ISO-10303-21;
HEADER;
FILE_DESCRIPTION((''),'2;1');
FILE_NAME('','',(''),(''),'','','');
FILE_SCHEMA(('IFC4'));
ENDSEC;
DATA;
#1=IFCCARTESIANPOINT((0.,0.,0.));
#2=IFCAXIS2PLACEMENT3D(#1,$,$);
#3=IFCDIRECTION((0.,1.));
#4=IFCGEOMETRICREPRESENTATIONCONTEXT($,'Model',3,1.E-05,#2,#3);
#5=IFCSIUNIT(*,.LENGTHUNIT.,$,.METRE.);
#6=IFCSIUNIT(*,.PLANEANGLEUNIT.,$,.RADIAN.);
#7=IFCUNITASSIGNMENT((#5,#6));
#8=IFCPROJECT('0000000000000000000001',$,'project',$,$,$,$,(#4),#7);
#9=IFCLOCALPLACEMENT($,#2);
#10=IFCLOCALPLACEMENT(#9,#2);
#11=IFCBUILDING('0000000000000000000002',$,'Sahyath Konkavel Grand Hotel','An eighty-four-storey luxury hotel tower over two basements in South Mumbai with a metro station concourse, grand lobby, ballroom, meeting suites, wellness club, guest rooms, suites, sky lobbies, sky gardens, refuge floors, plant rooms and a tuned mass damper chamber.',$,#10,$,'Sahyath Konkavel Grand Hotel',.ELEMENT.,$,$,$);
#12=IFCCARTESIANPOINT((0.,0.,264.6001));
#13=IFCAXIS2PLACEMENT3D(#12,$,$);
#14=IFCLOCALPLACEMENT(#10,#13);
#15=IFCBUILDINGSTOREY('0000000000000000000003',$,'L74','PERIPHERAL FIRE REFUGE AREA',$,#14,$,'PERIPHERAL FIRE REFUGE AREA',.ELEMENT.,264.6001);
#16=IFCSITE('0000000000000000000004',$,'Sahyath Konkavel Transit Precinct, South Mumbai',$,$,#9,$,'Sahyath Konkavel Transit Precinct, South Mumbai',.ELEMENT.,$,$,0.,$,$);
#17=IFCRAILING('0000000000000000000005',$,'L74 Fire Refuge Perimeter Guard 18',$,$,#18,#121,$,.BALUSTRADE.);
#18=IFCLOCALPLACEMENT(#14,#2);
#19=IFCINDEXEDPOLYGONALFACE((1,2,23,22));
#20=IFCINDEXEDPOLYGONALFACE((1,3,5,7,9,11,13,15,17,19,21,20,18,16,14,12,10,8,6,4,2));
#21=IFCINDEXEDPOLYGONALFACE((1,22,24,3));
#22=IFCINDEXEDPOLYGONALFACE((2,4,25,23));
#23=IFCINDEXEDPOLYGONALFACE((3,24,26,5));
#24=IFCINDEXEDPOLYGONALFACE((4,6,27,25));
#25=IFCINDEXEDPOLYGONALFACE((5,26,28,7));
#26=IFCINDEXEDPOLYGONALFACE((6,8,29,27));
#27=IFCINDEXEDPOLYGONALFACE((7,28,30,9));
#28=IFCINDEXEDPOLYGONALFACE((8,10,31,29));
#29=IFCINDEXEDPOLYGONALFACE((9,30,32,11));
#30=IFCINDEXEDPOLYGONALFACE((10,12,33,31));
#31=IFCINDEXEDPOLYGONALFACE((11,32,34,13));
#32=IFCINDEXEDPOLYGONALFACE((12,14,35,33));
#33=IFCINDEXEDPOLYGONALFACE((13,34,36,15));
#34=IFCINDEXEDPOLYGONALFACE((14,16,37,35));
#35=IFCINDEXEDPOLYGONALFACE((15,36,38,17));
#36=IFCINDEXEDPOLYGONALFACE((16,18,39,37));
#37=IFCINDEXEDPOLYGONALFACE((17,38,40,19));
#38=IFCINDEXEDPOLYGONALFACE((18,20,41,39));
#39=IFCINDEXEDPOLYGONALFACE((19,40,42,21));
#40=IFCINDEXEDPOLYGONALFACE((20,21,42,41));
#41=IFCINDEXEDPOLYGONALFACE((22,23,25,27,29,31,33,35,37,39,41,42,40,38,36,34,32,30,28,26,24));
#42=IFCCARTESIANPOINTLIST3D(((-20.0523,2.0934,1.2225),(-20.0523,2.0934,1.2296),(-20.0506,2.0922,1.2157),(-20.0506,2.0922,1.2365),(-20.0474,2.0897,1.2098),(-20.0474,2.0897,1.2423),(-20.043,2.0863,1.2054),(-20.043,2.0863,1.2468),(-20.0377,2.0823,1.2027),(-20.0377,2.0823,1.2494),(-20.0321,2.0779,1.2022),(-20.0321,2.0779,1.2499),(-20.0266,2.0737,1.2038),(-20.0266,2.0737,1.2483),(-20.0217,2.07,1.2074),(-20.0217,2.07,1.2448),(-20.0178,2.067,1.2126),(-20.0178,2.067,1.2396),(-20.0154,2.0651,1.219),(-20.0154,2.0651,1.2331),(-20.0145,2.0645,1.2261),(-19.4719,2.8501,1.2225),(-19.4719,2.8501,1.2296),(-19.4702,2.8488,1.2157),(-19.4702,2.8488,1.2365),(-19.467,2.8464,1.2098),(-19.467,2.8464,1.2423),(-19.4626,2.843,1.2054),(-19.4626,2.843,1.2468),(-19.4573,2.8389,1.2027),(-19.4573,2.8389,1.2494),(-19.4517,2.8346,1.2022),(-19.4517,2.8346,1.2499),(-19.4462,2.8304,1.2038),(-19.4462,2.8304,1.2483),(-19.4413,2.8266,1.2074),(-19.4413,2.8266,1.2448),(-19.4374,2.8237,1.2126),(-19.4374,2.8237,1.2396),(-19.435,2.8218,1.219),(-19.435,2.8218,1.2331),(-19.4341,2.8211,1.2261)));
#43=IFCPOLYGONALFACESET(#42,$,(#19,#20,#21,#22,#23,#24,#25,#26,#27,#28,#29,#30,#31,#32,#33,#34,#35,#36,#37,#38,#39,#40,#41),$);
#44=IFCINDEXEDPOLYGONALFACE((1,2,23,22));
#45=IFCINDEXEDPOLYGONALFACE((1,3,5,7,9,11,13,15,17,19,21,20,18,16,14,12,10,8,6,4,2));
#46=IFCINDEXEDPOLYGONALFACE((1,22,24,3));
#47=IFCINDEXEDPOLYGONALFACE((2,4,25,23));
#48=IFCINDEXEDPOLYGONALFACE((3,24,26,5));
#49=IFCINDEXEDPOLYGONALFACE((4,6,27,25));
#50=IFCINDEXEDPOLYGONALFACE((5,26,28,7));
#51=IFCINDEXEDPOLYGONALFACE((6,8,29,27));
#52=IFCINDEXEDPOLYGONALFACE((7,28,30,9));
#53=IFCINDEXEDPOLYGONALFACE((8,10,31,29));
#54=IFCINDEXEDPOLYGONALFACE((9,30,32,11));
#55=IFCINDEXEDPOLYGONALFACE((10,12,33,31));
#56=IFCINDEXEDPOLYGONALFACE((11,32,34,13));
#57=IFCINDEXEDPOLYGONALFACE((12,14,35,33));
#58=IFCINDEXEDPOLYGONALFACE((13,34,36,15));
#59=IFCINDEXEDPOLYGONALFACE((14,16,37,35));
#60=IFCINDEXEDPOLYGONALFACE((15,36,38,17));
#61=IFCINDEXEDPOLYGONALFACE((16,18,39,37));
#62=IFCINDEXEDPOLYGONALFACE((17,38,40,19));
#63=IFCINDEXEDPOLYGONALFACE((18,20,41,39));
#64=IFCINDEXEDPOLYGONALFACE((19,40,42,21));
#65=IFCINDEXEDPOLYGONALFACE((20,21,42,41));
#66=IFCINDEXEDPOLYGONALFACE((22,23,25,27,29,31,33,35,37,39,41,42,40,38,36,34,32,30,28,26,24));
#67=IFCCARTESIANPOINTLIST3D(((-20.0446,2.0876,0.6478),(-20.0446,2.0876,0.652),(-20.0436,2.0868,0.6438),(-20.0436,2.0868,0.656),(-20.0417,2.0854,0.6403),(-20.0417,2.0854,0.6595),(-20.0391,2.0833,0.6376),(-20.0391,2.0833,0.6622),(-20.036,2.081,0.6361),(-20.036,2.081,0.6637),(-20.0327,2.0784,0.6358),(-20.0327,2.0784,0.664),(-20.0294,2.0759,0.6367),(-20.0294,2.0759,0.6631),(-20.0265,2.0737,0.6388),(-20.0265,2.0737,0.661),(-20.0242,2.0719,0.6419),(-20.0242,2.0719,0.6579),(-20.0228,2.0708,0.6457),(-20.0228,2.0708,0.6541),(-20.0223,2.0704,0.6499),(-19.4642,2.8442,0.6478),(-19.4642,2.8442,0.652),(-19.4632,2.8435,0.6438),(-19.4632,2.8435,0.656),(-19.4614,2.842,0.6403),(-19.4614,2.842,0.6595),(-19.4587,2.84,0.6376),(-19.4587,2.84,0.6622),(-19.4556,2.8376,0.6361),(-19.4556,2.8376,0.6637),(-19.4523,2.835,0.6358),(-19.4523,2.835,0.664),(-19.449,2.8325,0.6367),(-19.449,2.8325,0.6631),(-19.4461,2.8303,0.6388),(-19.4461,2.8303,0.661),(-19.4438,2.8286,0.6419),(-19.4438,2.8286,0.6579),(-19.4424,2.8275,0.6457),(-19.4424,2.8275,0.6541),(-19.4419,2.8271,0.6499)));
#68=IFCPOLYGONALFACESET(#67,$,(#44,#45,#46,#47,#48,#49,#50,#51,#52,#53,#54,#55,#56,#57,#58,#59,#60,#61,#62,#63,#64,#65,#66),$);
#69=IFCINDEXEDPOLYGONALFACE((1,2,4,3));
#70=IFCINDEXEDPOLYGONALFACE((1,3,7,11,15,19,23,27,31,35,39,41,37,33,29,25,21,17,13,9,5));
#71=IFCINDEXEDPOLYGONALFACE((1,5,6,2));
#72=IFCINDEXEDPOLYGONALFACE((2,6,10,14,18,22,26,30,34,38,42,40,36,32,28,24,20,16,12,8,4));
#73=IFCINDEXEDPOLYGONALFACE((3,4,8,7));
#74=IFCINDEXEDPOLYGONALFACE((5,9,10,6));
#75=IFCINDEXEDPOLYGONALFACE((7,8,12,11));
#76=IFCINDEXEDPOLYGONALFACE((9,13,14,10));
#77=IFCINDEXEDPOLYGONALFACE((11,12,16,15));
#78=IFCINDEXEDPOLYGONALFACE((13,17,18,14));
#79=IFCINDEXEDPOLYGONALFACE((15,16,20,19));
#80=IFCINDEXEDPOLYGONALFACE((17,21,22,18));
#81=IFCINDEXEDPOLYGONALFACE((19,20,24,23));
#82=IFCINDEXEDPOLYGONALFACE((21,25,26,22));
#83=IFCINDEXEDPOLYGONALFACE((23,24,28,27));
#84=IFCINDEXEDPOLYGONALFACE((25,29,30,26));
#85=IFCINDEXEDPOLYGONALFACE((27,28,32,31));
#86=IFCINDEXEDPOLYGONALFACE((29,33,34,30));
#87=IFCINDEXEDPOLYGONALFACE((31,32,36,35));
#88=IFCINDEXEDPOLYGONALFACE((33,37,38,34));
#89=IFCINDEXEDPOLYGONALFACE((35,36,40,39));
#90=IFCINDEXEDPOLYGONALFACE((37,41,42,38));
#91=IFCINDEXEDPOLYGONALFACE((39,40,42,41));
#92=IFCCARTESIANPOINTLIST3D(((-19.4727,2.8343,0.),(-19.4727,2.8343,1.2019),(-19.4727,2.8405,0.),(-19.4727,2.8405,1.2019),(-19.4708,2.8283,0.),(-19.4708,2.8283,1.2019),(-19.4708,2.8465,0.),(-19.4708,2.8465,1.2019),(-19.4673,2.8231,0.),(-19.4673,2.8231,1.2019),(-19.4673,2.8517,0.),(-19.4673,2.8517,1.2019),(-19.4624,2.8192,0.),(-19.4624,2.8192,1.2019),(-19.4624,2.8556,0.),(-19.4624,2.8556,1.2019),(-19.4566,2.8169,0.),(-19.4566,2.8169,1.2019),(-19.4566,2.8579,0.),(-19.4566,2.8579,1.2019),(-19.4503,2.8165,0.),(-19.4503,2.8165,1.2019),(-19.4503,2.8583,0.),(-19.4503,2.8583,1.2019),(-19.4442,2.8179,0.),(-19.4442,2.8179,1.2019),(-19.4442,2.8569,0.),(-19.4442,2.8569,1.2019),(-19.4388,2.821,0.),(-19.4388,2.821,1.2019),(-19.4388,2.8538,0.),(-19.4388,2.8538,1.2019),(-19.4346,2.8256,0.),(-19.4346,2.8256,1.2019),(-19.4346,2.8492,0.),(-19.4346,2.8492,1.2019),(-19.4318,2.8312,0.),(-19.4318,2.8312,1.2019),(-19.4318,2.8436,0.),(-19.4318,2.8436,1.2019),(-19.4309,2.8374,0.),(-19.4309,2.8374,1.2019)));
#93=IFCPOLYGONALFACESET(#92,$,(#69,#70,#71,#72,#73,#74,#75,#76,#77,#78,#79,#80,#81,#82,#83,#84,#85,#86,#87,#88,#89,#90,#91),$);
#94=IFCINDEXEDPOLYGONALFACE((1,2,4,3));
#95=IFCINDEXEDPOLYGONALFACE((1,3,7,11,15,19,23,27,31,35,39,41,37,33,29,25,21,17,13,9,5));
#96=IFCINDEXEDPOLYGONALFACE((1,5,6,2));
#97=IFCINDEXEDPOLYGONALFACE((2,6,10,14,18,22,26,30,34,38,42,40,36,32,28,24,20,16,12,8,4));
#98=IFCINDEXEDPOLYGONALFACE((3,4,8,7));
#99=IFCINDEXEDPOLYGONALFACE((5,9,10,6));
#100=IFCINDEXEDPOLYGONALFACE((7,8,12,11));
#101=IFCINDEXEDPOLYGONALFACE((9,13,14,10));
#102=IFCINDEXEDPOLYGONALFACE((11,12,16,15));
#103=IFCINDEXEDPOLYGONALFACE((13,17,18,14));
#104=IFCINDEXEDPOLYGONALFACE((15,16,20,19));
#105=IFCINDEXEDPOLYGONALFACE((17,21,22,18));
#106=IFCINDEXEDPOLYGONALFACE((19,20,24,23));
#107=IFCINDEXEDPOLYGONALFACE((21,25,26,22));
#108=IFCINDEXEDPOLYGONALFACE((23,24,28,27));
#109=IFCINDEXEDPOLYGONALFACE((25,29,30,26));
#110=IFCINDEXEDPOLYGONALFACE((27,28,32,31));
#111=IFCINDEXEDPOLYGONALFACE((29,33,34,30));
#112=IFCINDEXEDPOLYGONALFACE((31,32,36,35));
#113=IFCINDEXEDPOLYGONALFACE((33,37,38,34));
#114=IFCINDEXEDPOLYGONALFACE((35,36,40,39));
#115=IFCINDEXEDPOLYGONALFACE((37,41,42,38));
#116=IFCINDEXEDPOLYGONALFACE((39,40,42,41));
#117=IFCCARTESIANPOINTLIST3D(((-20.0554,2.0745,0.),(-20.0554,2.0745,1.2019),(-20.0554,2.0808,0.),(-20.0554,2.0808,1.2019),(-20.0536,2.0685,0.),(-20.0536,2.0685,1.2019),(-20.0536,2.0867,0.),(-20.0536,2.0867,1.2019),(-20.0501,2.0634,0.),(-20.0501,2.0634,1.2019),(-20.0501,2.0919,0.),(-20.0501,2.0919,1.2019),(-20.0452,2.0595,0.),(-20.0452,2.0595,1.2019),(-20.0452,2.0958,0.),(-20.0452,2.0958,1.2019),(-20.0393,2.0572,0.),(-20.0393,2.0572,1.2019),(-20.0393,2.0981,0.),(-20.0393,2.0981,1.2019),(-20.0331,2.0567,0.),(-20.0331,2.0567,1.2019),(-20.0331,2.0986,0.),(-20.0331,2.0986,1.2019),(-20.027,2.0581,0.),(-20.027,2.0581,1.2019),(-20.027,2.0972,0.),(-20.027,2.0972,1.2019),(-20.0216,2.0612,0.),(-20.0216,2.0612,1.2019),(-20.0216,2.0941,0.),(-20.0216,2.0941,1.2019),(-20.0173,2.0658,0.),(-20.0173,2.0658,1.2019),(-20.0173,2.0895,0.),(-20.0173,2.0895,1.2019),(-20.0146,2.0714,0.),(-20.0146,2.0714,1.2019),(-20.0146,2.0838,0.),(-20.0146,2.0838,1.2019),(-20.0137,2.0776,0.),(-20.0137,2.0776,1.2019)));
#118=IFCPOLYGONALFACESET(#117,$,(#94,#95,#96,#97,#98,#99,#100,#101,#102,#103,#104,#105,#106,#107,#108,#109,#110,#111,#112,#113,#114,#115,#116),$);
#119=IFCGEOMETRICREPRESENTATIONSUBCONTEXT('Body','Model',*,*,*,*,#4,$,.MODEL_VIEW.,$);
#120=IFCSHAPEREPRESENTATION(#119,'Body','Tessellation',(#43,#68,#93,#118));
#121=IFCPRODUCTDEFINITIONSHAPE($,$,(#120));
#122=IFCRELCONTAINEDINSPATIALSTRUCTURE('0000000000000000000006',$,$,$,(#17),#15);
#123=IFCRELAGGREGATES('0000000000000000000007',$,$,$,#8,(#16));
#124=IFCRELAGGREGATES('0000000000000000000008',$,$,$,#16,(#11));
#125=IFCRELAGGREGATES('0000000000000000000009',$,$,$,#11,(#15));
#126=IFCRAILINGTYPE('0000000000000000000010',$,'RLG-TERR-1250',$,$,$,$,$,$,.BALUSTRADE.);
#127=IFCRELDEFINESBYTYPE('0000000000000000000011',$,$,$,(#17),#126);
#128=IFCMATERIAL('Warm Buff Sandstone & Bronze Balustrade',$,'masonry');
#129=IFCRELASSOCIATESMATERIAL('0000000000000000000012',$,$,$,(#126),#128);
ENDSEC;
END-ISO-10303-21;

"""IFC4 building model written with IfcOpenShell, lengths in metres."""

from ifc_helpers import new_model, si_unit, direction, frame, origin, origin_2d, place, context, subcontext, project, spatial, circle, extrude, material, type_object, element, save


model = new_model("IFC4")

# Units and contexts
model_context = context("Model", 3, precision=1e-05, world=origin(), true_north=direction((0.0, 1.0)))
body_context = subcontext(model_context, "Body", "Model", "MODEL_VIEW")
ifc_project = project(units=[si_unit("LENGTHUNIT", "METRE"), si_unit("PLANEANGLEUNIT", "RADIAN")], contexts=[model_context])

# Site, building, storey
site_placement = place(None, origin())
site = spatial("IfcSite", under=ifc_project, at=site_placement, Name="Sahyath Konkavel Transit Precinct, South Mumbai", LongName="Sahyath Konkavel Transit Precinct, South Mumbai", CompositionType="ELEMENT", RefElevation=0.0)
building_placement = place(site_placement, origin())
building = spatial("IfcBuilding", under=site, at=building_placement, Name="Sahyath Konkavel Grand Hotel", Description="An eighty-four-storey luxury hotel tower over two basements in South Mumbai with a metro station concourse, grand lobby, ballroom, meeting suites, wellness club, guest rooms, suites, sky lobbies, sky gardens, refuge floors, plant rooms and a tuned mass damper chamber.", LongName="Sahyath Konkavel Grand Hotel", CompositionType="ELEMENT")
storey_placement = place(building_placement, frame((0.0, 0.0, 264.6001)))
storey = spatial("IfcBuildingStorey", under=building, at=storey_placement, Name="L74", Description="PERIPHERAL FIRE REFUGE AREA", LongName="PERIPHERAL FIRE REFUGE AREA", CompositionType="ELEMENT", Elevation=264.6001)

# Railing
ifc_material_1 = material(Name="Warm Buff Sandstone & Bronze Balustrade", Category="masonry")
railing_type = type_object("IfcRailingType", Name="RLG-TERR-1250", PredefinedType="BALUSTRADE", material=ifc_material_1)
railing_1_placement = place(storey_placement, frame((-19.4519, 2.8374, 0.0)))
element("IfcRailing", 1, at=railing_1_placement, inside=storey, type_object=railing_type, Name="L74 Fire Refuge Perimeter Guard 18", PredefinedType="BALUSTRADE", context=body_context, shape_type="SweptSolid", body=[
    extrude(circle(Radius=0.0239, at=origin_2d()), frame((-0.0012, -0.0017, 1.2261), z_axis=(-0.608614, -0.793467, 0.0), x_axis=(0.793467, -0.608614, 0.0)), (0.0, 0.0, 1.0), 0.9536),
    extrude(circle(Radius=0.0142, at=origin_2d()), frame((-0.0012, -0.0017, 0.6499), z_axis=(-0.608614, -0.793467, 0.0), x_axis=(0.793467, -0.608614, 0.0)), (0.0, 0.0, 1.0), 0.9536),
    extrude(circle(Radius=0.021, at=origin_2d()), origin(), (0.0, 0.0, 1.0), 1.2019),
    extrude(circle(Radius=0.021, at=origin_2d()), frame((-0.5828, -0.7598, 0.0)), (0.0, 0.0, 1.0), 1.2019),
])

save(model, "model.ifc")
